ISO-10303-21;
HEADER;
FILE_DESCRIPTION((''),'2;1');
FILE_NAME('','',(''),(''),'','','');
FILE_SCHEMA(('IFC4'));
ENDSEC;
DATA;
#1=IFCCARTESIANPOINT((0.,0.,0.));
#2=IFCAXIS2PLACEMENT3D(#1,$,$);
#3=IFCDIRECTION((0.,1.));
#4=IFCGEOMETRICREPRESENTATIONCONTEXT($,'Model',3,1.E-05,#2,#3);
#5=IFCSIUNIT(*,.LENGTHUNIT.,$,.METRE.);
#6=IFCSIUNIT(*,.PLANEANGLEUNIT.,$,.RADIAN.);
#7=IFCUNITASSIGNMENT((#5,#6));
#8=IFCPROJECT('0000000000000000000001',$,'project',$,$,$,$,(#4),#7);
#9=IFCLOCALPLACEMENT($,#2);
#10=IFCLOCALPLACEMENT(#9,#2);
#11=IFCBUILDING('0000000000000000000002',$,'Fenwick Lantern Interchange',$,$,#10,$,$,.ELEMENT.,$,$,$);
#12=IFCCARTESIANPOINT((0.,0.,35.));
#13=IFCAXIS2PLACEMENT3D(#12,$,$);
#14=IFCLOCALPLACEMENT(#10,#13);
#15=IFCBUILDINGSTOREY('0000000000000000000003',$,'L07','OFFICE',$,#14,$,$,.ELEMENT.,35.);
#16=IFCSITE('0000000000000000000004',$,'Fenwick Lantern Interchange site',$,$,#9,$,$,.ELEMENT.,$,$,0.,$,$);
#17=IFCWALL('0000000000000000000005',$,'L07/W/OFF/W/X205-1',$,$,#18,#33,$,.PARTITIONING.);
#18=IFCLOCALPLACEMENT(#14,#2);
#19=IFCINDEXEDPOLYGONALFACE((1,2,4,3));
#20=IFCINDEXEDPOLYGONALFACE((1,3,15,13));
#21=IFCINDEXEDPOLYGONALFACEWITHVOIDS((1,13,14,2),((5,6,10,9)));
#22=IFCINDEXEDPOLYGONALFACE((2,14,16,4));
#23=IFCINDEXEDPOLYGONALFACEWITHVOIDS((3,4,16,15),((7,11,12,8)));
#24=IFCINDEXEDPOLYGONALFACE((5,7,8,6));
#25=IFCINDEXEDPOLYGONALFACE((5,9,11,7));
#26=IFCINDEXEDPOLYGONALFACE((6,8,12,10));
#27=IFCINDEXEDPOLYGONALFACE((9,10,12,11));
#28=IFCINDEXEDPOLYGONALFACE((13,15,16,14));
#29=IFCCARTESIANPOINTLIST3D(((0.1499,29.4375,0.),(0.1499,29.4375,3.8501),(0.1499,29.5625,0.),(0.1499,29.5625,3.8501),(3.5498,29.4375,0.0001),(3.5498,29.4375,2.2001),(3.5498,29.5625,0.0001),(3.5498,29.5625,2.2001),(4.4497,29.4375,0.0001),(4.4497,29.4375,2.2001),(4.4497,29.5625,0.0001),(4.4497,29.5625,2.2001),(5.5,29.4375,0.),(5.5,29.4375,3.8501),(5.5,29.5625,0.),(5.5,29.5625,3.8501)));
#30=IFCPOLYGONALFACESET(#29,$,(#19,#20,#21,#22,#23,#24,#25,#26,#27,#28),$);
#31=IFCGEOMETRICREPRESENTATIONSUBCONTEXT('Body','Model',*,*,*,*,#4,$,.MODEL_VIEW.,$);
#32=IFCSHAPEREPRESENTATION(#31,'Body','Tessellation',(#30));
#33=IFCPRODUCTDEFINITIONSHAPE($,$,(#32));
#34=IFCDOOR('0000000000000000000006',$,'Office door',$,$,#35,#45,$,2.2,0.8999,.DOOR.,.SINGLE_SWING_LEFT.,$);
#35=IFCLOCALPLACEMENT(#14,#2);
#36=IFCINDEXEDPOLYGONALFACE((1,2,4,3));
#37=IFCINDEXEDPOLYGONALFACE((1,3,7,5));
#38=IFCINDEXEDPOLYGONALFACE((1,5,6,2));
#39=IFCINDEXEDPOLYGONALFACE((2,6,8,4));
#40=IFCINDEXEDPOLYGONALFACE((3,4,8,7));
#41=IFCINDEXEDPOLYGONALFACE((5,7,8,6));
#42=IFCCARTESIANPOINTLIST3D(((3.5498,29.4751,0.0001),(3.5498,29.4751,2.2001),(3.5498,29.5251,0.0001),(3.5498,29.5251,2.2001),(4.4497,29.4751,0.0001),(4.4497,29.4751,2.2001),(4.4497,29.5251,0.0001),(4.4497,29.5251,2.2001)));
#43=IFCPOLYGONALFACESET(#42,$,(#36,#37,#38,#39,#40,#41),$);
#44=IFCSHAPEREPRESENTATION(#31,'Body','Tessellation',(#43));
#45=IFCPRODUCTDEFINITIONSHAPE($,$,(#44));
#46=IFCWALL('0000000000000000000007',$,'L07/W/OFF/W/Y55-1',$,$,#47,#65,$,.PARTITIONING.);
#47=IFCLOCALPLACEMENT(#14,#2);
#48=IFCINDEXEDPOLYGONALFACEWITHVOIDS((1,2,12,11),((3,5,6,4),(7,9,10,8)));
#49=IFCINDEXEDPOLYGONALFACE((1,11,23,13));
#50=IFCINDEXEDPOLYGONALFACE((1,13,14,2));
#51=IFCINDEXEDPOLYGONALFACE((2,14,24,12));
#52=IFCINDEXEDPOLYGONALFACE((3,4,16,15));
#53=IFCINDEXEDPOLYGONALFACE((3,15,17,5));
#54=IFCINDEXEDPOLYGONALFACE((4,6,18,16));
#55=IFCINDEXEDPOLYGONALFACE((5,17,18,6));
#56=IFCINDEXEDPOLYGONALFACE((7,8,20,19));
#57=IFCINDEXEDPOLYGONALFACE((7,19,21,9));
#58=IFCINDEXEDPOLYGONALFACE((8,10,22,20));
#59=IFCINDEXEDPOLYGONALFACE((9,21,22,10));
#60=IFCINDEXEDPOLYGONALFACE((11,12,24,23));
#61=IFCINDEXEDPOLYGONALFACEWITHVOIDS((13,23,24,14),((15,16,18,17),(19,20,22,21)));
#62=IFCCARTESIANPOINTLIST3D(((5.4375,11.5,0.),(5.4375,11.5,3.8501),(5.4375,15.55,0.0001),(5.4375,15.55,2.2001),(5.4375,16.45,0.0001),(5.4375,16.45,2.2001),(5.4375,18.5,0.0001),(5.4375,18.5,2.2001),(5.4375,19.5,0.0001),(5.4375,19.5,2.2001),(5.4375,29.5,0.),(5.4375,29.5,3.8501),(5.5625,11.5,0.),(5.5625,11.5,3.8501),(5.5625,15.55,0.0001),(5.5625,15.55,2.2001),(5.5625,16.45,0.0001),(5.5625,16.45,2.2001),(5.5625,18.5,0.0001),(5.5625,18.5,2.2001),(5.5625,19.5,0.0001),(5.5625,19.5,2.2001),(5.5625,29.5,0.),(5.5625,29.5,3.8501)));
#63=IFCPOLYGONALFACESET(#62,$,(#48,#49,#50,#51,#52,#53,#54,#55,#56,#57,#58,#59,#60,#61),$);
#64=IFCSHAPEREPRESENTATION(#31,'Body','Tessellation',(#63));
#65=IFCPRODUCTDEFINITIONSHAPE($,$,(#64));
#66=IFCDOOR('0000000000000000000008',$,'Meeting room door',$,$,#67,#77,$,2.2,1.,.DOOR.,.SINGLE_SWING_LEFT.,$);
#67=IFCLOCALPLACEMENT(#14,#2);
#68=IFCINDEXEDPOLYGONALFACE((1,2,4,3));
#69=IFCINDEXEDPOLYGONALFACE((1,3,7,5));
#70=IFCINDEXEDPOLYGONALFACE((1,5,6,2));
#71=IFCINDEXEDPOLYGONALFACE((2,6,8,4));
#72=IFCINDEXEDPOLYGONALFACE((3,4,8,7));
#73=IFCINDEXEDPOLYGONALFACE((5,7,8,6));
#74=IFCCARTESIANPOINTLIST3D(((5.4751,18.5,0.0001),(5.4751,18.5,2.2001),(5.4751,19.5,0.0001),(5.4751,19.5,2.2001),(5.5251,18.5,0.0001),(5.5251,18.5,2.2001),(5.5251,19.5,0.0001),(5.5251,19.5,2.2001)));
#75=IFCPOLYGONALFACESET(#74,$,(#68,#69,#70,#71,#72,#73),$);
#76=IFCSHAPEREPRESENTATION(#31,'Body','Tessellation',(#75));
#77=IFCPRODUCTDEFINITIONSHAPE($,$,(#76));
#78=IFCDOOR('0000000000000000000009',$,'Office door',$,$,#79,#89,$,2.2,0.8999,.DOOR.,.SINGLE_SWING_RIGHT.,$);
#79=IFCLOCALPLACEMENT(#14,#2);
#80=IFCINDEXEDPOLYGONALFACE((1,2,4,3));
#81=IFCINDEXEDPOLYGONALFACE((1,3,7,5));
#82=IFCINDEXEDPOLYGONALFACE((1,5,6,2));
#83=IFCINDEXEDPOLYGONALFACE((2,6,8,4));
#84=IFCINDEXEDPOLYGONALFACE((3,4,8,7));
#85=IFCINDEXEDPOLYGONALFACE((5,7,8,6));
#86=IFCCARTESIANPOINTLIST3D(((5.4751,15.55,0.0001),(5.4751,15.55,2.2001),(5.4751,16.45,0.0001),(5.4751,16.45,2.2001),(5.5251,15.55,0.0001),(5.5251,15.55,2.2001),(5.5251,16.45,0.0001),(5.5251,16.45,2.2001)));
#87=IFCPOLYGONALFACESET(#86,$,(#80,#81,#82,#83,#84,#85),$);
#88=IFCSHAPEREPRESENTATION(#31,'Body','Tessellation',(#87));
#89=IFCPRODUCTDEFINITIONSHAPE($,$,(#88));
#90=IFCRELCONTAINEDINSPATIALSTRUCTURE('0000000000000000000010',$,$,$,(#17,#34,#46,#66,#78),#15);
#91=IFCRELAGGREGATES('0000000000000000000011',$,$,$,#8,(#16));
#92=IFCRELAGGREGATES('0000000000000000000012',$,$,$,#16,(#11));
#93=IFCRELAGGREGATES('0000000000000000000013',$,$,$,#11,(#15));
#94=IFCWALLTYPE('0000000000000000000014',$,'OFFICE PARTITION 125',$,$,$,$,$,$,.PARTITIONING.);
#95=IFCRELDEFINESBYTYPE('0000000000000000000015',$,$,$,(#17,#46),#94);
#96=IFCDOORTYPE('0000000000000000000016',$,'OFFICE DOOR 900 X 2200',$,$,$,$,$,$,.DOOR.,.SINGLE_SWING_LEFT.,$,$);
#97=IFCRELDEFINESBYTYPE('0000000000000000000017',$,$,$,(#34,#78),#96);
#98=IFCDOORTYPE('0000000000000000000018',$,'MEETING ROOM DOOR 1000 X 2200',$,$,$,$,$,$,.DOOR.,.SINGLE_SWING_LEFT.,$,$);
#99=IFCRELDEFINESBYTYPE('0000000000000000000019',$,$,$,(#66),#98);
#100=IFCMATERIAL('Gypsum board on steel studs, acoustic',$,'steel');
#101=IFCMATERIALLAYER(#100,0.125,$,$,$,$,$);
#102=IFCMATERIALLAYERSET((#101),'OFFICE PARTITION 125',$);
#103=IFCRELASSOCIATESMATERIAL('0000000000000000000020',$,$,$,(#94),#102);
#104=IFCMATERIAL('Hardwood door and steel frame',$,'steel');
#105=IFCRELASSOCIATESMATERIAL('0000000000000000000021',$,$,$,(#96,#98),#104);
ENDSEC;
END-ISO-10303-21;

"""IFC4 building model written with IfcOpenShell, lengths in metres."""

from ifc_helpers import new_model, si_unit, direction, frame, frame_2d, origin, place, context, subcontext, project, spatial, rectangle, extrude, material, layer, layer_set, type_object, element, fill, save


model = new_model("IFC4")

# Units and contexts
model_context = context("Model", 3, precision=1e-05, world=origin(), true_north=direction((0.0, 1.0)))
body_context = subcontext(model_context, "Body", "Model", "MODEL_VIEW")
ifc_project = project(units=[si_unit("LENGTHUNIT", "METRE"), si_unit("PLANEANGLEUNIT", "RADIAN")], contexts=[model_context])

# Site, building, storey
site_placement = place(None, origin())
site = spatial("IfcSite", under=ifc_project, at=site_placement, Name="Fenwick Lantern Interchange site", CompositionType="ELEMENT", RefElevation=0.0)
building_placement = place(site_placement, origin())
building = spatial("IfcBuilding", under=site, at=building_placement, Name="Fenwick Lantern Interchange", CompositionType="ELEMENT")
storey_placement = place(building_placement, frame((0.0, 0.0, 35.0)))
storey = spatial("IfcBuildingStorey", under=building, at=storey_placement, Name="L07", Description="OFFICE", CompositionType="ELEMENT", Elevation=35.0)

# Shared definitions
ifc_material_1 = material(Name="Hardwood door and steel frame", Category="steel")

# Wall, opening, door
ifc_material_2 = material(Name="Gypsum board on steel studs, acoustic", Category="steel")
ifc_layer_1 = layer(ifc_material_2, 0.125)
ifc_layer_set_1 = layer_set([ifc_layer_1], Name="OFFICE PARTITION 125")
wall_type_1 = type_object("IfcWallType", Name="OFFICE PARTITION 125", PredefinedType="PARTITIONING", material=ifc_layer_set_1)
wall_1_placement = place(storey_placement, frame((0.1499, 29.5, 0.0), z_axis=(0.0, 0.0, 1.0), x_axis=(1.0, 0.0, 0.0)))
wall_1 = element("IfcWall", 1, at=wall_1_placement, inside=storey, type_object=wall_type_1, Name="L07/W/OFF/W/X205-1", PredefinedType="PARTITIONING", context=body_context, shape_type="SweptSolid", body=[
    extrude(rectangle(XDim=5.3501, YDim=0.125, at=frame_2d((2.675, 0.0))), origin(), (0.0, 0.0, 1.0), 3.8501),
])
opening_1_placement = place(wall_1_placement, frame((3.3999, 0.0, 0.0)))
opening_1 = element("IfcOpeningElement", 2, at=opening_1_placement, cuts=wall_1, PredefinedType="OPENING", context=body_context, shape_type="SweptSolid", body=[
    extrude(rectangle(XDim=0.8999, YDim=2.2, at=frame_2d((0.45, 1.1001))), frame((0.0, 0.0725, 0.0), z_axis=(0.0, -1.0, 0.0), x_axis=(1.0, 0.0, 0.0)), (0.0, 0.0, 1.0), 0.145),
])
door_type_1 = type_object("IfcDoorType", Name="OFFICE DOOR 900 X 2200", OperationType="SINGLE_SWING_LEFT", PredefinedType="DOOR", material=ifc_material_1)
door_1_placement = place(opening_1_placement, frame((0.8999, 0.0, 0.0), z_axis=(0.0, 0.0, 1.0), x_axis=(-1.0, 0.0, 0.0)))
door_1 = element("IfcDoor", 3, at=door_1_placement, inside=storey, type_object=door_type_1, Name="Office door", OperationType="SINGLE_SWING_LEFT", OverallHeight=2.2, OverallWidth=0.8999, PredefinedType="DOOR", context=body_context, shape_type="SweptSolid", body=[
    extrude(rectangle(XDim=0.8999, YDim=2.2, at=frame_2d((0.45, 1.1001))), frame((0.0, 0.0249, 0.0), z_axis=(0.0, -1.0, 0.0), x_axis=(1.0, 0.0, 0.0)), (0.0, 0.0, 1.0), 0.05),
])
fill(opening_1, door_1)

# Wall, openings, doors
wall_2_placement = place(storey_placement, frame((5.5, 29.5, 0.0), z_axis=(0.0, 0.0, 1.0), x_axis=(0.0, -1.0, 0.0)))
wall_2 = element("IfcWall", 4, at=wall_2_placement, inside=storey, type_object=wall_type_1, Name="L07/W/OFF/W/Y55-1", PredefinedType="PARTITIONING", context=body_context, shape_type="SweptSolid", body=[
    extrude(rectangle(XDim=18.0, YDim=0.125, at=frame_2d((9.0, 0.0))), origin(), (0.0, 0.0, 1.0), 3.8501),
])
opening_2_placement = place(wall_2_placement, frame((10.0, 0.0, 0.0)))
opening_2 = element("IfcOpeningElement", 5, at=opening_2_placement, cuts=wall_2, PredefinedType="OPENING", context=body_context, shape_type="SweptSolid", body=[
    extrude(rectangle(XDim=1.0, YDim=2.2, at=frame_2d((0.5, 1.1001))), frame((0.0, 0.0725, 0.0), z_axis=(0.0, -1.0, 0.0), x_axis=(1.0, 0.0, 0.0)), (0.0, 0.0, 1.0), 0.145),
])
opening_3_placement = place(wall_2_placement, frame((13.05, 0.0, 0.0)))
opening_3 = element("IfcOpeningElement", 6, at=opening_3_placement, cuts=wall_2, PredefinedType="OPENING", context=body_context, shape_type="SweptSolid", body=[
    extrude(rectangle(XDim=0.8999, YDim=2.2, at=frame_2d((0.45, 1.1001))), frame((0.0, 0.0725, 0.0), z_axis=(0.0, -1.0, 0.0), x_axis=(1.0, 0.0, 0.0)), (0.0, 0.0, 1.0), 0.145),
])
door_type_2 = type_object("IfcDoorType", Name="MEETING ROOM DOOR 1000 X 2200", OperationType="SINGLE_SWING_LEFT", PredefinedType="DOOR", material=ifc_material_1)
door_2_placement = place(opening_2_placement, frame((1.0, 0.0, 0.0), z_axis=(0.0, 0.0, 1.0), x_axis=(-1.0, 0.0, 0.0)))
door_2 = element("IfcDoor", 7, at=door_2_placement, inside=storey, type_object=door_type_2, Name="Meeting room door", OperationType="SINGLE_SWING_LEFT", OverallHeight=2.2, OverallWidth=1.0, PredefinedType="DOOR", context=body_context, shape_type="SweptSolid", body=[
    extrude(rectangle(XDim=1.0, YDim=2.2, at=frame_2d((0.5, 1.1001))), frame((0.0, 0.0249, 0.0), z_axis=(0.0, -1.0, 0.0), x_axis=(1.0, 0.0, 0.0)), (0.0, 0.0, 1.0), 0.05),
])
fill(opening_2, door_2)
door_3_placement = place(opening_3_placement, frame((0.8999, 0.0, 0.0), z_axis=(0.0, 0.0, 1.0), x_axis=(-1.0, 0.0, 0.0)))
door_3 = element("IfcDoor", 8, at=door_3_placement, inside=storey, type_object=door_type_1, Name="Office door", OperationType="SINGLE_SWING_RIGHT", OverallHeight=2.2, OverallWidth=0.8999, PredefinedType="DOOR", context=body_context, shape_type="SweptSolid", body=[
    extrude(rectangle(XDim=0.8999, YDim=2.2, at=frame_2d((0.45, 1.1001))), frame((0.0, 0.0249, 0.0), z_axis=(0.0, -1.0, 0.0), x_axis=(1.0, 0.0, 0.0)), (0.0, 0.0, 1.0), 0.05),
])
fill(opening_3, door_3)

save(model, "model.ifc")
